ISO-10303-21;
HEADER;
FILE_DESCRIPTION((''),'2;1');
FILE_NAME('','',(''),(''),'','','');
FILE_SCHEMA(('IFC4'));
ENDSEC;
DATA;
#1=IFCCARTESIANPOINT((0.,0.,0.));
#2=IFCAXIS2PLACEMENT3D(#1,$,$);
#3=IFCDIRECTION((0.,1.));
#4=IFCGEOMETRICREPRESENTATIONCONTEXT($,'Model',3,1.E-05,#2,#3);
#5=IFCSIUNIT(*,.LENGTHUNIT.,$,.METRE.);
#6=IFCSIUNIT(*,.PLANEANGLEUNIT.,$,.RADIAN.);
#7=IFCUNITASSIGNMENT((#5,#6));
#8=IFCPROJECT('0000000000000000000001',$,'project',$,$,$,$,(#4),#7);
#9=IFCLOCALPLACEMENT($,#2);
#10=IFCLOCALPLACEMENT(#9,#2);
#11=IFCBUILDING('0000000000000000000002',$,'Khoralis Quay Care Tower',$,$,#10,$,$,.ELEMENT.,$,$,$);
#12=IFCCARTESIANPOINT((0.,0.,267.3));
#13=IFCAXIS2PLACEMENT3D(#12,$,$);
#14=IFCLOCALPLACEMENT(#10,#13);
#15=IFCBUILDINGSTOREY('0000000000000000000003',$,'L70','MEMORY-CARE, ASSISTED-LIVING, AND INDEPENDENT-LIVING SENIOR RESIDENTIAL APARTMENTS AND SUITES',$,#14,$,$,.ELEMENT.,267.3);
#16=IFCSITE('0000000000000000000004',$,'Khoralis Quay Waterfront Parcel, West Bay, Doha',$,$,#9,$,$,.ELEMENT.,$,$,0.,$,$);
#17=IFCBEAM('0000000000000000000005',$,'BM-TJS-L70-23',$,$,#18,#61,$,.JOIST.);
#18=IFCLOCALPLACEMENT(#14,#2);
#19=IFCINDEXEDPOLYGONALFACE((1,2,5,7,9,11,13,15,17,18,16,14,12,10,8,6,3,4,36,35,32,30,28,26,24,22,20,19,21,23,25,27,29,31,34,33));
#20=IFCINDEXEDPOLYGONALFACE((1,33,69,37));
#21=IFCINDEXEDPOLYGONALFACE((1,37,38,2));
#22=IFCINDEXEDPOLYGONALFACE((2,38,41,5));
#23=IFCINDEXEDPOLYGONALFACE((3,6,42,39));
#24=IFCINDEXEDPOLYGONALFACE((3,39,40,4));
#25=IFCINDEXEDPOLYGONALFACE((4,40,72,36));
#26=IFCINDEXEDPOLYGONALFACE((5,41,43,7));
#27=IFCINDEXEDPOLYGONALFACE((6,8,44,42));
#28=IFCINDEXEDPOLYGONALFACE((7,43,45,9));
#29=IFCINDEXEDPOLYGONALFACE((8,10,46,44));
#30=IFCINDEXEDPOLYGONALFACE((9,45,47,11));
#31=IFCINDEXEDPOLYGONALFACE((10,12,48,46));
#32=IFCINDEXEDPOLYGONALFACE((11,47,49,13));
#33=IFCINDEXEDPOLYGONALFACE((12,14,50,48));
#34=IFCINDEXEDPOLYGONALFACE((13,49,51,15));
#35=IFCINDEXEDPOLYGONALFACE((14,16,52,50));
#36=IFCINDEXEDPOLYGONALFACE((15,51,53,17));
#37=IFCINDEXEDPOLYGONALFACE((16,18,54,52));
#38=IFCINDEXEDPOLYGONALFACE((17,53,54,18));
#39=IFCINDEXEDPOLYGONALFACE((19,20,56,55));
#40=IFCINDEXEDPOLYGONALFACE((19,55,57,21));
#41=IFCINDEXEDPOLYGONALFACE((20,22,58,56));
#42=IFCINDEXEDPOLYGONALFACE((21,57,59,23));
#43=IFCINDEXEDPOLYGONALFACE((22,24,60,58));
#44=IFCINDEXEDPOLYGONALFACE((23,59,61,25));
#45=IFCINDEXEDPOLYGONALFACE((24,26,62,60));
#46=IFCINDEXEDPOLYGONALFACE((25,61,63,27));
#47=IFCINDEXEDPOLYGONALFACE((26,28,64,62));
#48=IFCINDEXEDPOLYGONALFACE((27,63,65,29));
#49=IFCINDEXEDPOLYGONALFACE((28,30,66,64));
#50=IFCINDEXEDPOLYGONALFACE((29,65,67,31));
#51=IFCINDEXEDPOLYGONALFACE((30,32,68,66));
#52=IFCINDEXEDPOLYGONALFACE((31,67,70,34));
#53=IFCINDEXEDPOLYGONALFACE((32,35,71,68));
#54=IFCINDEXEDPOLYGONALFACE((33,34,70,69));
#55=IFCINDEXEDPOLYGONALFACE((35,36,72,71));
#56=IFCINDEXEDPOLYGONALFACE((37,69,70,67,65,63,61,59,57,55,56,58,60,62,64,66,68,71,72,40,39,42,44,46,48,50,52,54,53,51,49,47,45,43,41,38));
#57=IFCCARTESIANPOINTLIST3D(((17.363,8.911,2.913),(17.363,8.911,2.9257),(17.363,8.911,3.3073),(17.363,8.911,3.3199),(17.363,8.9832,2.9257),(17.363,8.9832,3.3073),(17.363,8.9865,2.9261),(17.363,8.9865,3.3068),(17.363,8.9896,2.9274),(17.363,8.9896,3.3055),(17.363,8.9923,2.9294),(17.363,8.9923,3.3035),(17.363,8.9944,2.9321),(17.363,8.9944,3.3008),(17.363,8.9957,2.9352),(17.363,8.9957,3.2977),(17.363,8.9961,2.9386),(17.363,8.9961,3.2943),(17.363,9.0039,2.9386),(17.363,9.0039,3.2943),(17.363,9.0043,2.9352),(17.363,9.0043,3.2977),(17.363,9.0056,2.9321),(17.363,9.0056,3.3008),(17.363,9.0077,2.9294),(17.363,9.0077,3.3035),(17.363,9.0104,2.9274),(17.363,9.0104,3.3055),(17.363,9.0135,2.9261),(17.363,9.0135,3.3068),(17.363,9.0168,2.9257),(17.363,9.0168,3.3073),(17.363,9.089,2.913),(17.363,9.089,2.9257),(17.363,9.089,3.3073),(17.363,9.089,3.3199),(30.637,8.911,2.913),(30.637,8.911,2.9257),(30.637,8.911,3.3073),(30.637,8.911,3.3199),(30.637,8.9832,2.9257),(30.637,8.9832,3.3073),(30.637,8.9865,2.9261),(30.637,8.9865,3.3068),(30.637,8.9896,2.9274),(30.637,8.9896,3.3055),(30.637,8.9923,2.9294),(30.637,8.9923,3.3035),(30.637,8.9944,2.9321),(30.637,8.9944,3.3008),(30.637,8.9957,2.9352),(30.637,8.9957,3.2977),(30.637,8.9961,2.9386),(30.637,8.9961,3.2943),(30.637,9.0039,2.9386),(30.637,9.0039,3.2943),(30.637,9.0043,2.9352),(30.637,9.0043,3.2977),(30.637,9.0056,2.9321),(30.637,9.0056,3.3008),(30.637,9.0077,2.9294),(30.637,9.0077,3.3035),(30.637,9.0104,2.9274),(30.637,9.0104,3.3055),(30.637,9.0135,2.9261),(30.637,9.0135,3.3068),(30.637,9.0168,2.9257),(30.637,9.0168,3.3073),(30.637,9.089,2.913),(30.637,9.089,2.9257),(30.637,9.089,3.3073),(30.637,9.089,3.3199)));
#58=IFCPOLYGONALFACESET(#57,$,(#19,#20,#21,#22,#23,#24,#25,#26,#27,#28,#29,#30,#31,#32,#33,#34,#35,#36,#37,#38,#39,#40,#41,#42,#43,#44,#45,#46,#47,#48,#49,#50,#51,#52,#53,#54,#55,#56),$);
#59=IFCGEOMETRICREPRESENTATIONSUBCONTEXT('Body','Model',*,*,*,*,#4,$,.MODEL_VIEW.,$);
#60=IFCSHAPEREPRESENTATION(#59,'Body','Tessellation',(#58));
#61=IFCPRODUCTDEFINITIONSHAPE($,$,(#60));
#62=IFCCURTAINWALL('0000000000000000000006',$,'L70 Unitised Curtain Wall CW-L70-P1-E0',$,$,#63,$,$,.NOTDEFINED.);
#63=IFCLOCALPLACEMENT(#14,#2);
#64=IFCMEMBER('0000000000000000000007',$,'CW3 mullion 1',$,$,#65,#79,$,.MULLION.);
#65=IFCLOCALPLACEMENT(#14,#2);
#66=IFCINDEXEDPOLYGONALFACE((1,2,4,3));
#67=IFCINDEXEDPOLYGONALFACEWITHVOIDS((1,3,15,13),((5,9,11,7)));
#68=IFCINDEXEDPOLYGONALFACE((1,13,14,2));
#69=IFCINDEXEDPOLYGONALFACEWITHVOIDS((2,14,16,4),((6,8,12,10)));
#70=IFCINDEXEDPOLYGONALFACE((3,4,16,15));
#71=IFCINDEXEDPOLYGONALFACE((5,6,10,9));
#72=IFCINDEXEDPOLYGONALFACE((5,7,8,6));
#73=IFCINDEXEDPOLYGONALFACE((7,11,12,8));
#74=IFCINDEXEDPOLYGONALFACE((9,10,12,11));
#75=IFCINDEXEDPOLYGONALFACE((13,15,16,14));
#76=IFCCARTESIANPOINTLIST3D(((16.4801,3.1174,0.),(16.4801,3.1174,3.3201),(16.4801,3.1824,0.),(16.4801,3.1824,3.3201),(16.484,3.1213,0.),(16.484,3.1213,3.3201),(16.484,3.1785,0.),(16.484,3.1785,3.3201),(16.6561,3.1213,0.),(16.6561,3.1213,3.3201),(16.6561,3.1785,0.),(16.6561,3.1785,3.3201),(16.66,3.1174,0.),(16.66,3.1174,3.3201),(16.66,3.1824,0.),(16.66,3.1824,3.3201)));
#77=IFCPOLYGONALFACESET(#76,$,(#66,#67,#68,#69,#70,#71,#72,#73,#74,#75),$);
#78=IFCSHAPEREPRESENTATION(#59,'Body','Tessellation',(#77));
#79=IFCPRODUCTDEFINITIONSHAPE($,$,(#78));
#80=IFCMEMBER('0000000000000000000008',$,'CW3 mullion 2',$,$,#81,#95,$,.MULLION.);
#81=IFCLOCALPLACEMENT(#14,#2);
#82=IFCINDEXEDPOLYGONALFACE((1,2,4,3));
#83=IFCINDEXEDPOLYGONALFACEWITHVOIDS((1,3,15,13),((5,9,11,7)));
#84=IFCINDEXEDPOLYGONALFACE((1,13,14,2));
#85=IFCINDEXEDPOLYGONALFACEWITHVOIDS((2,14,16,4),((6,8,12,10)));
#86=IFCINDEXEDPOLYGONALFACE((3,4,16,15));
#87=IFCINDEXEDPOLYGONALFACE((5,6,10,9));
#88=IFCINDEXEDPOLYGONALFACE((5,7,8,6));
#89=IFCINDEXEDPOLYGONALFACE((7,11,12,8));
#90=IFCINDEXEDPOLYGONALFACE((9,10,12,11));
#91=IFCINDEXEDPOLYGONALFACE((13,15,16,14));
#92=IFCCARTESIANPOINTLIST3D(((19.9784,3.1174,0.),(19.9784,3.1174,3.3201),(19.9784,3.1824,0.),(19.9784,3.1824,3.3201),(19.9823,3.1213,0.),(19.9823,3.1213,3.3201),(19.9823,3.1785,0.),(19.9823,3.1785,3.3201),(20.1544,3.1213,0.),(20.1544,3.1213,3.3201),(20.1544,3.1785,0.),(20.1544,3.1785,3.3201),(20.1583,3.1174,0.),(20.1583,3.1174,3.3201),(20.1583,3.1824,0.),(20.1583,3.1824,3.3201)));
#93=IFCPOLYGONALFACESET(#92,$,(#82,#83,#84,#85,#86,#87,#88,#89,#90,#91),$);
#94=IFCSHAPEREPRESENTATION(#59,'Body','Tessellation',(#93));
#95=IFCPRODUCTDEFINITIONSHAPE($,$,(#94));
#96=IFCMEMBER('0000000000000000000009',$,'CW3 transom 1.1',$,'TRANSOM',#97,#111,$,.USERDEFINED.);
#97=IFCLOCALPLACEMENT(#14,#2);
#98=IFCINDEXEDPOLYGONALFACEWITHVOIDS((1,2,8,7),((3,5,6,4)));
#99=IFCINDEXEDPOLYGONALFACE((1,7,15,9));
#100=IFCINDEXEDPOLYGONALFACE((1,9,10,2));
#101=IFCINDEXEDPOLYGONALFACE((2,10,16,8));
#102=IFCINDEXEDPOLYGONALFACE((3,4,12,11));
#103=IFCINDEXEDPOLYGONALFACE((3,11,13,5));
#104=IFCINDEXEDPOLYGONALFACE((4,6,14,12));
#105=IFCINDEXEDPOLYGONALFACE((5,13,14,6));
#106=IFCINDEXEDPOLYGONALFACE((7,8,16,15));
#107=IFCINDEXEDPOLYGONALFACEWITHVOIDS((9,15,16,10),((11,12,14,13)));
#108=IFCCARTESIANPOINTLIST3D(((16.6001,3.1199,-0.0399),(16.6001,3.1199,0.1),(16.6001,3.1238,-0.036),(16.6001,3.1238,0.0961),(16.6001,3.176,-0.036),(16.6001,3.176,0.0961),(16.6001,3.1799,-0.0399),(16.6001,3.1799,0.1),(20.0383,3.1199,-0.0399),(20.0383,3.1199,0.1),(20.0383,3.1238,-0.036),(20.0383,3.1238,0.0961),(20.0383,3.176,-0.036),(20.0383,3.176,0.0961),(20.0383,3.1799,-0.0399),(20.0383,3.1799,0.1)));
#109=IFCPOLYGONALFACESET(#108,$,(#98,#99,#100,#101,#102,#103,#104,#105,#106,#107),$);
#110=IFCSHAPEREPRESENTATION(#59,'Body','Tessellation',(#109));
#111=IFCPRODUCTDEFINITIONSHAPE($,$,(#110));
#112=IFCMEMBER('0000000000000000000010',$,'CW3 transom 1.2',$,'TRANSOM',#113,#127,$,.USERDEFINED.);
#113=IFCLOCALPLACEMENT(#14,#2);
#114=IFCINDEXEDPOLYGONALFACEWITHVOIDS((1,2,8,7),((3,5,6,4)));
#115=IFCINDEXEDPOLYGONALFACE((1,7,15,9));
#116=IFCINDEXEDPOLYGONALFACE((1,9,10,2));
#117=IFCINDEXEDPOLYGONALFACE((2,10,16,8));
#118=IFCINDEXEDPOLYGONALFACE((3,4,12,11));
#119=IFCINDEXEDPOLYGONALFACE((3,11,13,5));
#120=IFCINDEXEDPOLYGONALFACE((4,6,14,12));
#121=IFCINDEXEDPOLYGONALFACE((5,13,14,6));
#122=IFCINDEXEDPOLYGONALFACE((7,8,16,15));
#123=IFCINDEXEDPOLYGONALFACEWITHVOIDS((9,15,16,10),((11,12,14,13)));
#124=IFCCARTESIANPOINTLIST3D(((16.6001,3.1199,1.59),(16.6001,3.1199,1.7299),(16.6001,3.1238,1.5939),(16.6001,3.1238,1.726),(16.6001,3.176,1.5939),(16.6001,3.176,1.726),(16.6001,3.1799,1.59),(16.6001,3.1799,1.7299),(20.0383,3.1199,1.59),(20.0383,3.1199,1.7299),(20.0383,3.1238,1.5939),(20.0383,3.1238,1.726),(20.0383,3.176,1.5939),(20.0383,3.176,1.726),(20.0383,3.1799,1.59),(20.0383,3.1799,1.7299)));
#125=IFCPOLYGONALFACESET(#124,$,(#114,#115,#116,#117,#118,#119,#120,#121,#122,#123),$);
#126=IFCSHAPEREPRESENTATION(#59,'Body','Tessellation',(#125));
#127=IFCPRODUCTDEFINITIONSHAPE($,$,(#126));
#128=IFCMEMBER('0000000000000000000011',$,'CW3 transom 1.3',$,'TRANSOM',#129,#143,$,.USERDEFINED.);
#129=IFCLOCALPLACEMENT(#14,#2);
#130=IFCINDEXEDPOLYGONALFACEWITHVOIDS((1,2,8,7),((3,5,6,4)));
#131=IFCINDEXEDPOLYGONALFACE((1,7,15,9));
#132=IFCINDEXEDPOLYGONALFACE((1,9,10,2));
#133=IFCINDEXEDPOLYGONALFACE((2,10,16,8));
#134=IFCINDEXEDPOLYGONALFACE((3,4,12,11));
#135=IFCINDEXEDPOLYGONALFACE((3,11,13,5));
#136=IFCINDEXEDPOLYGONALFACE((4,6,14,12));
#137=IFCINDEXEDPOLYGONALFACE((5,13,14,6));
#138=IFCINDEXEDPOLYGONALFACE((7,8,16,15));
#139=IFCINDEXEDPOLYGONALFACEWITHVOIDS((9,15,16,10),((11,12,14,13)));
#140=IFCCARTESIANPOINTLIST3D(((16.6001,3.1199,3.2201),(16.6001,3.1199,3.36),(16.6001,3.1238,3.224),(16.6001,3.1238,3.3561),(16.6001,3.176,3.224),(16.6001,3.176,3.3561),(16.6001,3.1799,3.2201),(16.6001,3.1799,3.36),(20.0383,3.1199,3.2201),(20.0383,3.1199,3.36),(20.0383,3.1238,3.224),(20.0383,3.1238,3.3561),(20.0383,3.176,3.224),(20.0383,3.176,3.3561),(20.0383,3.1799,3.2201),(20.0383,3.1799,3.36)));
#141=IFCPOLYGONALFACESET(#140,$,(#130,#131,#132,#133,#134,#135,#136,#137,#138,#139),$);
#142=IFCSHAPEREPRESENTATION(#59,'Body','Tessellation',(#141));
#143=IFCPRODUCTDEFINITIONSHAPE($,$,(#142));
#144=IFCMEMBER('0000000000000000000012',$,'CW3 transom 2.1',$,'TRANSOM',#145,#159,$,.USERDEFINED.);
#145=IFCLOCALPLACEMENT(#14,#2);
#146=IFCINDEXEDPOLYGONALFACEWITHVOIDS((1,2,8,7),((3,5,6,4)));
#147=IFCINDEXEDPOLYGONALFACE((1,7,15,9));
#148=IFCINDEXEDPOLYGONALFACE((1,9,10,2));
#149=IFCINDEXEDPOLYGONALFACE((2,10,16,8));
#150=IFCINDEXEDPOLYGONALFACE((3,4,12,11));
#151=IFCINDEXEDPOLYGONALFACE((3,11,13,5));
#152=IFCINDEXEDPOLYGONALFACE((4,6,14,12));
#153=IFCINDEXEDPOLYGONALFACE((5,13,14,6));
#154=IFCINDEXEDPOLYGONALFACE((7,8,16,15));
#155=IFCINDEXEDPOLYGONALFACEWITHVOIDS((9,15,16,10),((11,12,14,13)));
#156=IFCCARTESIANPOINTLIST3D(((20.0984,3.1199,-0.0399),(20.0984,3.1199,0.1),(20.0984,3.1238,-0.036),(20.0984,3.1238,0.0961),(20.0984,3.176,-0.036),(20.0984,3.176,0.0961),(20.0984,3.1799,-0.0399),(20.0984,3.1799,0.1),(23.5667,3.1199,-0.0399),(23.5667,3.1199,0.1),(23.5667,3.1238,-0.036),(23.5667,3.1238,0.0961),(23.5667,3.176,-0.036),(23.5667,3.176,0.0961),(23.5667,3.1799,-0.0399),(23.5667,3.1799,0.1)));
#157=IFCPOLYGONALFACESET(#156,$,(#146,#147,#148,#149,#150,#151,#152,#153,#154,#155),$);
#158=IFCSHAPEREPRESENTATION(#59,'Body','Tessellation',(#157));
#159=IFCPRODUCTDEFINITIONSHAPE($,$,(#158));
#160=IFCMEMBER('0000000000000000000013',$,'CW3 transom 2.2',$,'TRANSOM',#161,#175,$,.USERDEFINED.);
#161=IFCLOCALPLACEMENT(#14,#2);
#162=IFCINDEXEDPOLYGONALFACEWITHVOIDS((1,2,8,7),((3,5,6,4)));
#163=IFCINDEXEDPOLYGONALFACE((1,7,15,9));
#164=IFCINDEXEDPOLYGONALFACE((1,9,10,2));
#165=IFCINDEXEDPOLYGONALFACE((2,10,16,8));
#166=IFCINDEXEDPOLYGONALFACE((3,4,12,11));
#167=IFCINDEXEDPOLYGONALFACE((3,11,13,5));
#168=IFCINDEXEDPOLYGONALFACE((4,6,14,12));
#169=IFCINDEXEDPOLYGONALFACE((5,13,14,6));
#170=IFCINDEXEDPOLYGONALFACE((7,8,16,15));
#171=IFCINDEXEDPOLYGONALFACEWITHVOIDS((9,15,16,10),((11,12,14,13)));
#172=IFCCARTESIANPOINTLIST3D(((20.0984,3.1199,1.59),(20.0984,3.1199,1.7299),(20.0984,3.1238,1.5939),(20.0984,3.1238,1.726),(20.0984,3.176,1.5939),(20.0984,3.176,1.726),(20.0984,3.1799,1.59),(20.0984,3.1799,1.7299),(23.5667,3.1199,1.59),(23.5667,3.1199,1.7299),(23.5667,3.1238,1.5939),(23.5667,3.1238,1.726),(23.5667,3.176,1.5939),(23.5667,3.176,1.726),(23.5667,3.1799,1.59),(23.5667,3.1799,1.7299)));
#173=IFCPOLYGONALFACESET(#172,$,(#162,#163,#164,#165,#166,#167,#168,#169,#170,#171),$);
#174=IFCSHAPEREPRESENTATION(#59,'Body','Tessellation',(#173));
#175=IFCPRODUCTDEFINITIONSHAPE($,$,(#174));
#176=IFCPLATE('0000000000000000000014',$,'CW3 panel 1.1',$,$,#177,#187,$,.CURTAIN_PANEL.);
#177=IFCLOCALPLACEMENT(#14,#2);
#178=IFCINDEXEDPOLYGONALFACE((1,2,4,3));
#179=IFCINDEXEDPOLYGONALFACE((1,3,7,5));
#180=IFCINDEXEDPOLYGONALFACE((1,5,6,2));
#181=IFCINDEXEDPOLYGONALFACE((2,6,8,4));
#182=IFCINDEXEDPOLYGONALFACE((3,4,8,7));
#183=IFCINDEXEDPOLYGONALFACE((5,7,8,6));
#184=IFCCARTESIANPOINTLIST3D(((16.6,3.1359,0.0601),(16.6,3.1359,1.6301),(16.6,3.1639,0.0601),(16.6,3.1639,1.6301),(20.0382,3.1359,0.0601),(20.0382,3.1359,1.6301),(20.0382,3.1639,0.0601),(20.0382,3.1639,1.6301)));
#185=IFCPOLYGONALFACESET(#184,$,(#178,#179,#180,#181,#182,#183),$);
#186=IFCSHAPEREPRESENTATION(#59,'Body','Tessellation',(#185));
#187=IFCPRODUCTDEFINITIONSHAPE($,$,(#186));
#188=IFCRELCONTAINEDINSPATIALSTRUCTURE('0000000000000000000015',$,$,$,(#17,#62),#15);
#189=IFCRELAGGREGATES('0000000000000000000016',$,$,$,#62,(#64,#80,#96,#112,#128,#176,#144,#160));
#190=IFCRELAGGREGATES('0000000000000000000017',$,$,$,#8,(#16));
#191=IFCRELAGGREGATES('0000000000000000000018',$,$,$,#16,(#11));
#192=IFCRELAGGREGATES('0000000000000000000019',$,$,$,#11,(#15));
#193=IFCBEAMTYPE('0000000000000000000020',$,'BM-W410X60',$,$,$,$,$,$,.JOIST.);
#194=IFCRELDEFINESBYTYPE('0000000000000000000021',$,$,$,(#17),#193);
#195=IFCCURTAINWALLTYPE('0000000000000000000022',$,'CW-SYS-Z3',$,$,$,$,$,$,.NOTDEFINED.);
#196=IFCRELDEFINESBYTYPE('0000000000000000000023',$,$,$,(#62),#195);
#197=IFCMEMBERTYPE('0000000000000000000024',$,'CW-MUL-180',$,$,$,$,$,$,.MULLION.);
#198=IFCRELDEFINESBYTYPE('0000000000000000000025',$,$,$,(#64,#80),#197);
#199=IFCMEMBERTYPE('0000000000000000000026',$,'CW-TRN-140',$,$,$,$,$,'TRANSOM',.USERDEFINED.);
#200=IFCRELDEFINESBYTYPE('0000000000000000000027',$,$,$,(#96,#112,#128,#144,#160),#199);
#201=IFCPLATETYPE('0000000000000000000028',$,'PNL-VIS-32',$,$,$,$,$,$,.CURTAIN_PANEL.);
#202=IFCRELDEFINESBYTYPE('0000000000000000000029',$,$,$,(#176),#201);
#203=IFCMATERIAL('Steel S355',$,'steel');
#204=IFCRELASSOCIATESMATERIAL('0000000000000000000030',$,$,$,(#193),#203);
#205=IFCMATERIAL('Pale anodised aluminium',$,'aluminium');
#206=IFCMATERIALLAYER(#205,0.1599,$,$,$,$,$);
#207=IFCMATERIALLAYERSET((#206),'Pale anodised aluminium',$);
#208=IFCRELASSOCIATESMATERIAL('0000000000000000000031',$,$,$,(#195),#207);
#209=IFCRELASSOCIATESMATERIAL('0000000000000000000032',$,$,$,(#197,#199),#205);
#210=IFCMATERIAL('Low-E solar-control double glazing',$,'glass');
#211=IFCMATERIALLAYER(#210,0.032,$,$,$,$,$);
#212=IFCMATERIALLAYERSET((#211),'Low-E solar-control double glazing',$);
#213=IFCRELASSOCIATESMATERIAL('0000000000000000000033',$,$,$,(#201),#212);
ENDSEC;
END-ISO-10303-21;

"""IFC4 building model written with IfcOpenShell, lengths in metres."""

from ifc_helpers import new_model, si_unit, direction, frame, origin, origin_2d, place, context, subcontext, project, spatial, rectangle, hollow_rectangle, i_section, extrude, source, transform, mapped, material, layer, layer_set, material_profile, profile_set, type_object, element, aggregate, save


model = new_model("IFC4")

# Units and contexts
model_context = context("Model", 3, precision=1e-05, world=origin(), true_north=direction((0.0, 1.0)))
body_context = subcontext(model_context, "Body", "Model", "MODEL_VIEW")
ifc_project = project(units=[si_unit("LENGTHUNIT", "METRE"), si_unit("PLANEANGLEUNIT", "RADIAN")], contexts=[model_context])

# Site, building, storey
site_placement = place(None, origin())
site = spatial("IfcSite", under=ifc_project, at=site_placement, Name="Khoralis Quay Waterfront Parcel, West Bay, Doha", CompositionType="ELEMENT", RefElevation=0.0)
building_placement = place(site_placement, origin())
building = spatial("IfcBuilding", under=site, at=building_placement, Name="Khoralis Quay Care Tower", CompositionType="ELEMENT")
storey_placement = place(building_placement, frame((0.0, 0.0, 267.3)))
storey = spatial("IfcBuildingStorey", under=building, at=storey_placement, Name="L70", Description="MEMORY-CARE, ASSISTED-LIVING, AND INDEPENDENT-LIVING SENIOR RESIDENTIAL APARTMENTS AND SUITES", CompositionType="ELEMENT", Elevation=267.3)

# Beam
ifc_material_1 = material(Name="Steel S355", Category="steel")
ifc_material_profile_1 = material_profile(ifc_material_1, i_section(OverallWidth=0.178, OverallDepth=0.407, WebThickness=0.0078, FlangeThickness=0.0127, FilletRadius=0.0129, at=origin_2d()), Name="Steel S355")
ifc_profile_set_1 = profile_set([ifc_material_profile_1], Name="Steel S355")
beam_type_1 = type_object("IfcBeamType", Name="BM-W410X60", PredefinedType="JOIST", material=ifc_profile_set_1)
shared_shape_1 = source(origin(), body_context, "Body", "SweptSolid", [
    extrude(i_section(OverallWidth=0.178, OverallDepth=0.407, WebThickness=0.0078, FlangeThickness=0.0127, FilletRadius=0.0129, at=origin_2d()), origin(), (0.0, 0.0, 1.0), 13.2739),
])
beam_1_placement = place(storey_placement, frame((17.363, 9.0, 3.1165), z_axis=(1.0, 0.0, 0.0), x_axis=(0.0, 1.0, 0.0)))
element("IfcBeam", 1, at=beam_1_placement, inside=storey, type_object=beam_type_1, Name="BM-TJS-L70-23", PredefinedType="JOIST", context=body_context, shape_type="MappedRepresentation", body=[
    mapped(shared_shape_1, transform((0.0, 0.0, 0.0), scale=1.0)),
])

# Curtain wall, members, plate
ifc_material_2 = material(Name="Pale anodised aluminium", Category="aluminium")
ifc_layer_1 = layer(ifc_material_2, 0.1599)
ifc_layer_set_1 = layer_set([ifc_layer_1], Name="Pale anodised aluminium")
curtain_wall_type = type_object("IfcCurtainWallType", Name="CW-SYS-Z3", PredefinedType="NOTDEFINED", material=ifc_layer_set_1)
curtain_wall_placement = place(storey_placement, origin())
curtain_wall = element("IfcCurtainWall", 2, at=curtain_wall_placement, inside=storey, type_object=curtain_wall_type, Name="L70 Unitised Curtain Wall CW-L70-P1-E0", PredefinedType="NOTDEFINED")
ifc_material_profile_2 = material_profile(ifc_material_2, hollow_rectangle(XDim=0.0649, YDim=0.1799, WallThickness=0.0039, at=origin_2d()), Name="Pale anodised aluminium")
ifc_profile_set_2 = profile_set([ifc_material_profile_2], Name="Pale anodised aluminium")
member_type_1 = type_object("IfcMemberType", Name="CW-MUL-180", PredefinedType="MULLION", material=ifc_profile_set_2)
shared_shape_2 = source(origin(), body_context, "Body", "SweptSolid", [
    extrude(hollow_rectangle(XDim=0.0649, YDim=0.1799, WallThickness=0.0039, at=origin_2d()), origin(), (0.0, 0.0, 1.0), 3.3201),
])
member_1_placement = place(storey_placement, frame((16.5701, 3.1499, 0.0), z_axis=(0.0, 0.0, 1.0), x_axis=(0.0, 1.0, 0.0)))
member_1 = element("IfcMember", 3, at=member_1_placement, type_object=member_type_1, Name="CW3 mullion 1", PredefinedType="MULLION", context=body_context, shape_type="MappedRepresentation", body=[
    mapped(shared_shape_2, transform((0.0, 0.0, 0.0), scale=1.0)),
])
member_2_placement = place(storey_placement, frame((20.0684, 3.1499, 0.0), z_axis=(0.0, 0.0, 1.0), x_axis=(0.0, 1.0, 0.0)))
member_2 = element("IfcMember", 4, at=member_2_placement, type_object=member_type_1, Name="CW3 mullion 2", PredefinedType="MULLION", context=body_context, shape_type="MappedRepresentation", body=[
    mapped(shared_shape_2, transform((0.0, 0.0, 0.0), scale=1.0)),
])
ifc_material_profile_3 = material_profile(ifc_material_2, hollow_rectangle(XDim=0.0601, YDim=0.1399, WallThickness=0.0039, at=origin_2d()), Name="Pale anodised aluminium")
ifc_profile_set_3 = profile_set([ifc_material_profile_3], Name="Pale anodised aluminium")
member_type_2 = type_object("IfcMemberType", Name="CW-TRN-140", ElementType="TRANSOM", PredefinedType="USERDEFINED", material=ifc_profile_set_3)
shared_shape_3 = source(origin(), body_context, "Body", "SweptSolid", [
    extrude(hollow_rectangle(XDim=0.0601, YDim=0.1399, WallThickness=0.0039, at=origin_2d()), origin(), (0.0, 0.0, 1.0), 3.4382),
])
member_3_placement = place(storey_placement, frame((16.6001, 3.1499, 0.03), z_axis=(1.0, 0.0, 0.0), x_axis=(0.0, 1.0, 0.0)))
member_3 = element("IfcMember", 5, at=member_3_placement, type_object=member_type_2, Name="CW3 transom 1.1", ObjectType="TRANSOM", PredefinedType="USERDEFINED", context=body_context, shape_type="MappedRepresentation", body=[
    mapped(shared_shape_3, transform((0.0, 0.0, 0.0), scale=1.0)),
])
member_4_placement = place(storey_placement, frame((16.6001, 3.1499, 1.6599), z_axis=(1.0, 0.0, 0.0), x_axis=(0.0, 1.0, 0.0)))
member_4 = element("IfcMember", 6, at=member_4_placement, type_object=member_type_2, Name="CW3 transom 1.2", ObjectType="TRANSOM", PredefinedType="USERDEFINED", context=body_context, shape_type="MappedRepresentation", body=[
    mapped(shared_shape_3, transform((0.0, 0.0, 0.0), scale=1.0)),
])
member_5_placement = place(storey_placement, frame((16.6001, 3.1499, 3.29), z_axis=(1.0, 0.0, 0.0), x_axis=(0.0, 1.0, 0.0)))
member_5 = element("IfcMember", 7, at=member_5_placement, type_object=member_type_2, Name="CW3 transom 1.3", ObjectType="TRANSOM", PredefinedType="USERDEFINED", context=body_context, shape_type="MappedRepresentation", body=[
    mapped(shared_shape_3, transform((0.0, 0.0, 0.0), scale=1.0)),
])
shared_shape_4 = source(origin(), body_context, "Body", "SweptSolid", [
    extrude(hollow_rectangle(XDim=0.0601, YDim=0.1399, WallThickness=0.0039, at=origin_2d()), origin(), (0.0, 0.0, 1.0), 3.4683),
])
member_6_placement = place(storey_placement, frame((20.0984, 3.1499, 0.03), z_axis=(1.0, 0.0, 0.0), x_axis=(0.0, 1.0, 0.0)))
member_6 = element("IfcMember", 8, at=member_6_placement, type_object=member_type_2, Name="CW3 transom 2.1", ObjectType="TRANSOM", PredefinedType="USERDEFINED", context=body_context, shape_type="MappedRepresentation", body=[
    mapped(shared_shape_4, transform((0.0, 0.0, 0.0), scale=1.0)),
])
member_7_placement = place(storey_placement, frame((20.0984, 3.1499, 1.6599), z_axis=(1.0, 0.0, 0.0), x_axis=(0.0, 1.0, 0.0)))
member_7 = element("IfcMember", 9, at=member_7_placement, type_object=member_type_2, Name="CW3 transom 2.2", ObjectType="TRANSOM", PredefinedType="USERDEFINED", context=body_context, shape_type="MappedRepresentation", body=[
    mapped(shared_shape_4, transform((0.0, 0.0, 0.0), scale=1.0)),
])
ifc_material_3 = material(Name="Low-E solar-control double glazing", Category="glass")
ifc_layer_2 = layer(ifc_material_3, 0.032)
ifc_layer_set_2 = layer_set([ifc_layer_2], Name="Low-E solar-control double glazing")
plate_type = type_object("IfcPlateType", Name="PNL-VIS-32", PredefinedType="CURTAIN_PANEL", material=ifc_layer_set_2)
shared_shape_5 = source(origin(), body_context, "Body", "SweptSolid", [
    extrude(rectangle(XDim=3.4382, YDim=0.0281, at=origin_2d()), origin(), (0.0, 0.0, 1.0), 1.5701),
])
plate_1_placement = place(storey_placement, frame((18.3191, 3.1499, 0.0601), z_axis=(0.0, 0.0, 1.0), x_axis=(1.0, 0.0, 0.0)))
plate_1 = element("IfcPlate", 10, at=plate_1_placement, type_object=plate_type, Name="CW3 panel 1.1", PredefinedType="CURTAIN_PANEL", context=body_context, shape_type="MappedRepresentation", body=[
    mapped(shared_shape_5, transform((0.0, 0.0, 0.0), scale=1.0)),
])
aggregate(curtain_wall, [member_1, member_2, member_3, member_4, member_5, plate_1, member_6, member_7])

save(model, "model.ifc")
